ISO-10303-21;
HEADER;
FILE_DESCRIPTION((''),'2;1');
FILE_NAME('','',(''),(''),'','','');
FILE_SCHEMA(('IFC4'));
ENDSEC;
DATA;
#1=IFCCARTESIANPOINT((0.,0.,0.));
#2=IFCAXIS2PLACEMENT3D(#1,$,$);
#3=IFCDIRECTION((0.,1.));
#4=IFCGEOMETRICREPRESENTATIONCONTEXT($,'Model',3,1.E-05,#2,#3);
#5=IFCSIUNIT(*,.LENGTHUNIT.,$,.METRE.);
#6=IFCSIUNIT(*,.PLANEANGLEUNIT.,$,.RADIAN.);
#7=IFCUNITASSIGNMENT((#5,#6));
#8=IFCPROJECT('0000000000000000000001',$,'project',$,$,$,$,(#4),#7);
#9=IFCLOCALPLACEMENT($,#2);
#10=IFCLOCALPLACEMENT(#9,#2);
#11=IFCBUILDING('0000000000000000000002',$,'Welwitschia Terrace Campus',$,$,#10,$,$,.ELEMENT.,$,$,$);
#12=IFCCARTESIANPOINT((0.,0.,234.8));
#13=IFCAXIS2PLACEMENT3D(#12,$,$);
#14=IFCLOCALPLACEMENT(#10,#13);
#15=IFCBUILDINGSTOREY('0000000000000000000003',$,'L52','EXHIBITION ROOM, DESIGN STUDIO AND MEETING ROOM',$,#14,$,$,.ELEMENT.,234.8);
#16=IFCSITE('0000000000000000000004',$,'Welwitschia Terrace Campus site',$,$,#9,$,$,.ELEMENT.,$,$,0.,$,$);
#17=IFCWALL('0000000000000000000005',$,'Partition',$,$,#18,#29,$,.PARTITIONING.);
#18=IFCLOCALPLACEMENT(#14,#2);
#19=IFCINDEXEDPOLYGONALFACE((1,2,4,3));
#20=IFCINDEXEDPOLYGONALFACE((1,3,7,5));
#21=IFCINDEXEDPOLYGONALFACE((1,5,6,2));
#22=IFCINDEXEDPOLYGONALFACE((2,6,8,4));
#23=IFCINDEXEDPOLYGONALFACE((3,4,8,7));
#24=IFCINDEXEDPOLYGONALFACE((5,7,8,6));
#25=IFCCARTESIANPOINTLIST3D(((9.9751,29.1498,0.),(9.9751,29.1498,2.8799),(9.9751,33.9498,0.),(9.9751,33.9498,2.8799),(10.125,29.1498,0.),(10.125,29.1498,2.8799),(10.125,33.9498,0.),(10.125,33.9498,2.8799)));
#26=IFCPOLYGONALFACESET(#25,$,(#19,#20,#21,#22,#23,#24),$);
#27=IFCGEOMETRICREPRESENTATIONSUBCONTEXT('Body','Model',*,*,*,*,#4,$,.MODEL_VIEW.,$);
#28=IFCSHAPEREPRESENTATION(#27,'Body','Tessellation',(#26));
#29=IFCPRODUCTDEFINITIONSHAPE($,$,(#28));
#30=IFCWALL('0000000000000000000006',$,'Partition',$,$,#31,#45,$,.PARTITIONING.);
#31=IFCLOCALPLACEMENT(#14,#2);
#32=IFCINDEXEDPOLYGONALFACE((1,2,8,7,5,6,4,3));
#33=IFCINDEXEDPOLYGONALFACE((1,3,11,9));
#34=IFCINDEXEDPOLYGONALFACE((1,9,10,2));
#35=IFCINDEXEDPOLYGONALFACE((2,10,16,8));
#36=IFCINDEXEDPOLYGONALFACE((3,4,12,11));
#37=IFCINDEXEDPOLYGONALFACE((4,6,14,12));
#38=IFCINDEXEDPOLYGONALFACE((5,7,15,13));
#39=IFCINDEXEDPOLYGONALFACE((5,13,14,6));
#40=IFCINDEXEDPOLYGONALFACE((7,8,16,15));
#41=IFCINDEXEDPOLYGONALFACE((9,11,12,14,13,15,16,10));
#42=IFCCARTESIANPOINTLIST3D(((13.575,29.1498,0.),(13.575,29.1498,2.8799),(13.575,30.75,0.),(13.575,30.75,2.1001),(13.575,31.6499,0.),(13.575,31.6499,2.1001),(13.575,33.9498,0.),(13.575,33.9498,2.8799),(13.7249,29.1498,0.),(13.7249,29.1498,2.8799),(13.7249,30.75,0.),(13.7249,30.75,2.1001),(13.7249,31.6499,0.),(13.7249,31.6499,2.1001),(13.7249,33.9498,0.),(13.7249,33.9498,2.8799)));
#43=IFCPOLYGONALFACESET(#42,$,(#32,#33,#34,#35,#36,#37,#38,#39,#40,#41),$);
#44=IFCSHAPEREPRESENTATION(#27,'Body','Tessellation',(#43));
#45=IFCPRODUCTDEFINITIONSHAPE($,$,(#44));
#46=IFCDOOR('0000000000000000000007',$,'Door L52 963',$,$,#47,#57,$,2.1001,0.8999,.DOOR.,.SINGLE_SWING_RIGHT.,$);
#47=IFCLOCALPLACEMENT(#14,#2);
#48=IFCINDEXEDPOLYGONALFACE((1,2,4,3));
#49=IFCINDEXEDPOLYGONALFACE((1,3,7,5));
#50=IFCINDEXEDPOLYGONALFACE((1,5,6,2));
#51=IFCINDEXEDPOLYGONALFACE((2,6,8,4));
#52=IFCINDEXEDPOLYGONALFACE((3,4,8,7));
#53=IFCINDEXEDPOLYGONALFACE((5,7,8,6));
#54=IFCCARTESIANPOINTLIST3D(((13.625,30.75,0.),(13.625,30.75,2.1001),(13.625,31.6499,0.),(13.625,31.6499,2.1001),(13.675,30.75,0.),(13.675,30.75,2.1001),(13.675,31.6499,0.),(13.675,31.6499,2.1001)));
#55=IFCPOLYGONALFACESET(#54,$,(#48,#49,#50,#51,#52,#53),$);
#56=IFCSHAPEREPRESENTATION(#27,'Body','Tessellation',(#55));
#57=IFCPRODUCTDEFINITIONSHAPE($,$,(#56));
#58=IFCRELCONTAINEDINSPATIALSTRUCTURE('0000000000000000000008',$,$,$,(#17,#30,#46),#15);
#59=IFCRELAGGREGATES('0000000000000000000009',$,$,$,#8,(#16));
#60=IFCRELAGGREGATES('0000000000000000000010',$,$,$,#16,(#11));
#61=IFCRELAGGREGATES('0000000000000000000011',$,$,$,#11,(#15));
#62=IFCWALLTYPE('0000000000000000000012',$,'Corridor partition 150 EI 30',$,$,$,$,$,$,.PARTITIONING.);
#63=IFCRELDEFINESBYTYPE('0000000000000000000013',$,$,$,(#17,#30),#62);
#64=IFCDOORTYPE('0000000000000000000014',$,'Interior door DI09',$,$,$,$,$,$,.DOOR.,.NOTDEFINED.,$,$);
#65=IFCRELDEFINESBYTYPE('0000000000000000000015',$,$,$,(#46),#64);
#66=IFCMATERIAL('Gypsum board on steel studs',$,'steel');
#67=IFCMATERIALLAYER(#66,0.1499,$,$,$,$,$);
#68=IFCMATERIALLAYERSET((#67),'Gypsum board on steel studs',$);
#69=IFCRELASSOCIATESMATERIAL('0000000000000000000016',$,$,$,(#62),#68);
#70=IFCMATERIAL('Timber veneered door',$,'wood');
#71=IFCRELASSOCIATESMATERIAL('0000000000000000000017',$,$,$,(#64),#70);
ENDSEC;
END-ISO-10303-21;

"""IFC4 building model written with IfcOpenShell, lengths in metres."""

from ifc_helpers import new_model, si_unit, direction, frame, frame_2d, origin, place, context, subcontext, project, spatial, rectangle, extrude, material, layer, layer_set, type_object, element, fill, save


model = new_model("IFC4")

# Units and contexts
model_context = context("Model", 3, precision=1e-05, world=origin(), true_north=direction((0.0, 1.0)))
body_context = subcontext(model_context, "Body", "Model", "MODEL_VIEW")
ifc_project = project(units=[si_unit("LENGTHUNIT", "METRE"), si_unit("PLANEANGLEUNIT", "RADIAN")], contexts=[model_context])

# Site, building, storey
site_placement = place(None, origin())
site = spatial("IfcSite", under=ifc_project, at=site_placement, Name="Welwitschia Terrace Campus site", CompositionType="ELEMENT", RefElevation=0.0)
building_placement = place(site_placement, origin())
building = spatial("IfcBuilding", under=site, at=building_placement, Name="Welwitschia Terrace Campus", CompositionType="ELEMENT")
storey_placement = place(building_placement, frame((0.0, 0.0, 234.8)))
storey = spatial("IfcBuildingStorey", under=building, at=storey_placement, Name="L52", Description="EXHIBITION ROOM, DESIGN STUDIO AND MEETING ROOM", CompositionType="ELEMENT", Elevation=234.8)

# Shared definitions
ifc_material_1 = material(Name="Gypsum board on steel studs", Category="steel")
ifc_layer_1 = layer(ifc_material_1, 0.1499)
ifc_layer_set_1 = layer_set([ifc_layer_1], Name="Gypsum board on steel studs")
wall_type = type_object("IfcWallType", Name="Corridor partition 150 EI 30", PredefinedType="PARTITIONING", material=ifc_layer_set_1)

# Shared definitions
ifc_material_2 = material(Name="Timber veneered door", Category="wood")
door_type = type_object("IfcDoorType", Name="Interior door DI09", OperationType="NOTDEFINED", PredefinedType="DOOR", material=ifc_material_2)

# Wall
wall_1_placement = place(storey_placement, frame((10.05, 29.1499, 0.0), z_axis=(0.0, 0.0, 1.0), x_axis=(0.0, 1.0, 0.0)))
element("IfcWall", 1, at=wall_1_placement, inside=storey, type_object=wall_type, Name="Partition", PredefinedType="PARTITIONING", context=body_context, shape_type="SweptSolid", body=[
    extrude(rectangle(XDim=4.8, YDim=0.1499, at=frame_2d((2.3999, 0.0))), origin(), (0.0, 0.0, 1.0), 2.8799),
])

# Wall, opening, door
wall_2_placement = place(storey_placement, frame((13.6499, 29.1499, 0.0), z_axis=(0.0, 0.0, 1.0), x_axis=(0.0, 1.0, 0.0)))
wall_2 = element("IfcWall", 2, at=wall_2_placement, inside=storey, type_object=wall_type, Name="Partition", PredefinedType="PARTITIONING", context=body_context, shape_type="SweptSolid", body=[
    extrude(rectangle(XDim=4.8, YDim=0.1499, at=frame_2d((2.3999, 0.0))), origin(), (0.0, 0.0, 1.0), 2.8799),
])
opening_1_placement = place(wall_2_placement, frame((1.6001, 0.0, 0.0)))
opening_1 = element("IfcOpeningElement", 3, at=opening_1_placement, cuts=wall_2, PredefinedType="OPENING", context=body_context, shape_type="SweptSolid", body=[
    extrude(rectangle(XDim=0.8999, YDim=2.1001, at=frame_2d((0.45, 1.05))), frame((0.0, 0.085, 0.0), z_axis=(0.0, -1.0, 0.0), x_axis=(1.0, 0.0, 0.0)), (0.0, 0.0, 1.0), 0.1699),
])
door_1_placement = place(opening_1_placement, origin())
door_1 = element("IfcDoor", 4, at=door_1_placement, inside=storey, type_object=door_type, Name="Door L52 963", OperationType="SINGLE_SWING_RIGHT", OverallHeight=2.1001, OverallWidth=0.8999, PredefinedType="DOOR", context=body_context, shape_type="SweptSolid", body=[
    extrude(rectangle(XDim=0.8999, YDim=2.1001, at=frame_2d((0.45, 1.05))), frame((0.0, 0.0249, 0.0), z_axis=(0.0, -1.0, 0.0), x_axis=(1.0, 0.0, 0.0)), (0.0, 0.0, 1.0), 0.05),
])
fill(opening_1, door_1)

save(model, "model.ifc")
